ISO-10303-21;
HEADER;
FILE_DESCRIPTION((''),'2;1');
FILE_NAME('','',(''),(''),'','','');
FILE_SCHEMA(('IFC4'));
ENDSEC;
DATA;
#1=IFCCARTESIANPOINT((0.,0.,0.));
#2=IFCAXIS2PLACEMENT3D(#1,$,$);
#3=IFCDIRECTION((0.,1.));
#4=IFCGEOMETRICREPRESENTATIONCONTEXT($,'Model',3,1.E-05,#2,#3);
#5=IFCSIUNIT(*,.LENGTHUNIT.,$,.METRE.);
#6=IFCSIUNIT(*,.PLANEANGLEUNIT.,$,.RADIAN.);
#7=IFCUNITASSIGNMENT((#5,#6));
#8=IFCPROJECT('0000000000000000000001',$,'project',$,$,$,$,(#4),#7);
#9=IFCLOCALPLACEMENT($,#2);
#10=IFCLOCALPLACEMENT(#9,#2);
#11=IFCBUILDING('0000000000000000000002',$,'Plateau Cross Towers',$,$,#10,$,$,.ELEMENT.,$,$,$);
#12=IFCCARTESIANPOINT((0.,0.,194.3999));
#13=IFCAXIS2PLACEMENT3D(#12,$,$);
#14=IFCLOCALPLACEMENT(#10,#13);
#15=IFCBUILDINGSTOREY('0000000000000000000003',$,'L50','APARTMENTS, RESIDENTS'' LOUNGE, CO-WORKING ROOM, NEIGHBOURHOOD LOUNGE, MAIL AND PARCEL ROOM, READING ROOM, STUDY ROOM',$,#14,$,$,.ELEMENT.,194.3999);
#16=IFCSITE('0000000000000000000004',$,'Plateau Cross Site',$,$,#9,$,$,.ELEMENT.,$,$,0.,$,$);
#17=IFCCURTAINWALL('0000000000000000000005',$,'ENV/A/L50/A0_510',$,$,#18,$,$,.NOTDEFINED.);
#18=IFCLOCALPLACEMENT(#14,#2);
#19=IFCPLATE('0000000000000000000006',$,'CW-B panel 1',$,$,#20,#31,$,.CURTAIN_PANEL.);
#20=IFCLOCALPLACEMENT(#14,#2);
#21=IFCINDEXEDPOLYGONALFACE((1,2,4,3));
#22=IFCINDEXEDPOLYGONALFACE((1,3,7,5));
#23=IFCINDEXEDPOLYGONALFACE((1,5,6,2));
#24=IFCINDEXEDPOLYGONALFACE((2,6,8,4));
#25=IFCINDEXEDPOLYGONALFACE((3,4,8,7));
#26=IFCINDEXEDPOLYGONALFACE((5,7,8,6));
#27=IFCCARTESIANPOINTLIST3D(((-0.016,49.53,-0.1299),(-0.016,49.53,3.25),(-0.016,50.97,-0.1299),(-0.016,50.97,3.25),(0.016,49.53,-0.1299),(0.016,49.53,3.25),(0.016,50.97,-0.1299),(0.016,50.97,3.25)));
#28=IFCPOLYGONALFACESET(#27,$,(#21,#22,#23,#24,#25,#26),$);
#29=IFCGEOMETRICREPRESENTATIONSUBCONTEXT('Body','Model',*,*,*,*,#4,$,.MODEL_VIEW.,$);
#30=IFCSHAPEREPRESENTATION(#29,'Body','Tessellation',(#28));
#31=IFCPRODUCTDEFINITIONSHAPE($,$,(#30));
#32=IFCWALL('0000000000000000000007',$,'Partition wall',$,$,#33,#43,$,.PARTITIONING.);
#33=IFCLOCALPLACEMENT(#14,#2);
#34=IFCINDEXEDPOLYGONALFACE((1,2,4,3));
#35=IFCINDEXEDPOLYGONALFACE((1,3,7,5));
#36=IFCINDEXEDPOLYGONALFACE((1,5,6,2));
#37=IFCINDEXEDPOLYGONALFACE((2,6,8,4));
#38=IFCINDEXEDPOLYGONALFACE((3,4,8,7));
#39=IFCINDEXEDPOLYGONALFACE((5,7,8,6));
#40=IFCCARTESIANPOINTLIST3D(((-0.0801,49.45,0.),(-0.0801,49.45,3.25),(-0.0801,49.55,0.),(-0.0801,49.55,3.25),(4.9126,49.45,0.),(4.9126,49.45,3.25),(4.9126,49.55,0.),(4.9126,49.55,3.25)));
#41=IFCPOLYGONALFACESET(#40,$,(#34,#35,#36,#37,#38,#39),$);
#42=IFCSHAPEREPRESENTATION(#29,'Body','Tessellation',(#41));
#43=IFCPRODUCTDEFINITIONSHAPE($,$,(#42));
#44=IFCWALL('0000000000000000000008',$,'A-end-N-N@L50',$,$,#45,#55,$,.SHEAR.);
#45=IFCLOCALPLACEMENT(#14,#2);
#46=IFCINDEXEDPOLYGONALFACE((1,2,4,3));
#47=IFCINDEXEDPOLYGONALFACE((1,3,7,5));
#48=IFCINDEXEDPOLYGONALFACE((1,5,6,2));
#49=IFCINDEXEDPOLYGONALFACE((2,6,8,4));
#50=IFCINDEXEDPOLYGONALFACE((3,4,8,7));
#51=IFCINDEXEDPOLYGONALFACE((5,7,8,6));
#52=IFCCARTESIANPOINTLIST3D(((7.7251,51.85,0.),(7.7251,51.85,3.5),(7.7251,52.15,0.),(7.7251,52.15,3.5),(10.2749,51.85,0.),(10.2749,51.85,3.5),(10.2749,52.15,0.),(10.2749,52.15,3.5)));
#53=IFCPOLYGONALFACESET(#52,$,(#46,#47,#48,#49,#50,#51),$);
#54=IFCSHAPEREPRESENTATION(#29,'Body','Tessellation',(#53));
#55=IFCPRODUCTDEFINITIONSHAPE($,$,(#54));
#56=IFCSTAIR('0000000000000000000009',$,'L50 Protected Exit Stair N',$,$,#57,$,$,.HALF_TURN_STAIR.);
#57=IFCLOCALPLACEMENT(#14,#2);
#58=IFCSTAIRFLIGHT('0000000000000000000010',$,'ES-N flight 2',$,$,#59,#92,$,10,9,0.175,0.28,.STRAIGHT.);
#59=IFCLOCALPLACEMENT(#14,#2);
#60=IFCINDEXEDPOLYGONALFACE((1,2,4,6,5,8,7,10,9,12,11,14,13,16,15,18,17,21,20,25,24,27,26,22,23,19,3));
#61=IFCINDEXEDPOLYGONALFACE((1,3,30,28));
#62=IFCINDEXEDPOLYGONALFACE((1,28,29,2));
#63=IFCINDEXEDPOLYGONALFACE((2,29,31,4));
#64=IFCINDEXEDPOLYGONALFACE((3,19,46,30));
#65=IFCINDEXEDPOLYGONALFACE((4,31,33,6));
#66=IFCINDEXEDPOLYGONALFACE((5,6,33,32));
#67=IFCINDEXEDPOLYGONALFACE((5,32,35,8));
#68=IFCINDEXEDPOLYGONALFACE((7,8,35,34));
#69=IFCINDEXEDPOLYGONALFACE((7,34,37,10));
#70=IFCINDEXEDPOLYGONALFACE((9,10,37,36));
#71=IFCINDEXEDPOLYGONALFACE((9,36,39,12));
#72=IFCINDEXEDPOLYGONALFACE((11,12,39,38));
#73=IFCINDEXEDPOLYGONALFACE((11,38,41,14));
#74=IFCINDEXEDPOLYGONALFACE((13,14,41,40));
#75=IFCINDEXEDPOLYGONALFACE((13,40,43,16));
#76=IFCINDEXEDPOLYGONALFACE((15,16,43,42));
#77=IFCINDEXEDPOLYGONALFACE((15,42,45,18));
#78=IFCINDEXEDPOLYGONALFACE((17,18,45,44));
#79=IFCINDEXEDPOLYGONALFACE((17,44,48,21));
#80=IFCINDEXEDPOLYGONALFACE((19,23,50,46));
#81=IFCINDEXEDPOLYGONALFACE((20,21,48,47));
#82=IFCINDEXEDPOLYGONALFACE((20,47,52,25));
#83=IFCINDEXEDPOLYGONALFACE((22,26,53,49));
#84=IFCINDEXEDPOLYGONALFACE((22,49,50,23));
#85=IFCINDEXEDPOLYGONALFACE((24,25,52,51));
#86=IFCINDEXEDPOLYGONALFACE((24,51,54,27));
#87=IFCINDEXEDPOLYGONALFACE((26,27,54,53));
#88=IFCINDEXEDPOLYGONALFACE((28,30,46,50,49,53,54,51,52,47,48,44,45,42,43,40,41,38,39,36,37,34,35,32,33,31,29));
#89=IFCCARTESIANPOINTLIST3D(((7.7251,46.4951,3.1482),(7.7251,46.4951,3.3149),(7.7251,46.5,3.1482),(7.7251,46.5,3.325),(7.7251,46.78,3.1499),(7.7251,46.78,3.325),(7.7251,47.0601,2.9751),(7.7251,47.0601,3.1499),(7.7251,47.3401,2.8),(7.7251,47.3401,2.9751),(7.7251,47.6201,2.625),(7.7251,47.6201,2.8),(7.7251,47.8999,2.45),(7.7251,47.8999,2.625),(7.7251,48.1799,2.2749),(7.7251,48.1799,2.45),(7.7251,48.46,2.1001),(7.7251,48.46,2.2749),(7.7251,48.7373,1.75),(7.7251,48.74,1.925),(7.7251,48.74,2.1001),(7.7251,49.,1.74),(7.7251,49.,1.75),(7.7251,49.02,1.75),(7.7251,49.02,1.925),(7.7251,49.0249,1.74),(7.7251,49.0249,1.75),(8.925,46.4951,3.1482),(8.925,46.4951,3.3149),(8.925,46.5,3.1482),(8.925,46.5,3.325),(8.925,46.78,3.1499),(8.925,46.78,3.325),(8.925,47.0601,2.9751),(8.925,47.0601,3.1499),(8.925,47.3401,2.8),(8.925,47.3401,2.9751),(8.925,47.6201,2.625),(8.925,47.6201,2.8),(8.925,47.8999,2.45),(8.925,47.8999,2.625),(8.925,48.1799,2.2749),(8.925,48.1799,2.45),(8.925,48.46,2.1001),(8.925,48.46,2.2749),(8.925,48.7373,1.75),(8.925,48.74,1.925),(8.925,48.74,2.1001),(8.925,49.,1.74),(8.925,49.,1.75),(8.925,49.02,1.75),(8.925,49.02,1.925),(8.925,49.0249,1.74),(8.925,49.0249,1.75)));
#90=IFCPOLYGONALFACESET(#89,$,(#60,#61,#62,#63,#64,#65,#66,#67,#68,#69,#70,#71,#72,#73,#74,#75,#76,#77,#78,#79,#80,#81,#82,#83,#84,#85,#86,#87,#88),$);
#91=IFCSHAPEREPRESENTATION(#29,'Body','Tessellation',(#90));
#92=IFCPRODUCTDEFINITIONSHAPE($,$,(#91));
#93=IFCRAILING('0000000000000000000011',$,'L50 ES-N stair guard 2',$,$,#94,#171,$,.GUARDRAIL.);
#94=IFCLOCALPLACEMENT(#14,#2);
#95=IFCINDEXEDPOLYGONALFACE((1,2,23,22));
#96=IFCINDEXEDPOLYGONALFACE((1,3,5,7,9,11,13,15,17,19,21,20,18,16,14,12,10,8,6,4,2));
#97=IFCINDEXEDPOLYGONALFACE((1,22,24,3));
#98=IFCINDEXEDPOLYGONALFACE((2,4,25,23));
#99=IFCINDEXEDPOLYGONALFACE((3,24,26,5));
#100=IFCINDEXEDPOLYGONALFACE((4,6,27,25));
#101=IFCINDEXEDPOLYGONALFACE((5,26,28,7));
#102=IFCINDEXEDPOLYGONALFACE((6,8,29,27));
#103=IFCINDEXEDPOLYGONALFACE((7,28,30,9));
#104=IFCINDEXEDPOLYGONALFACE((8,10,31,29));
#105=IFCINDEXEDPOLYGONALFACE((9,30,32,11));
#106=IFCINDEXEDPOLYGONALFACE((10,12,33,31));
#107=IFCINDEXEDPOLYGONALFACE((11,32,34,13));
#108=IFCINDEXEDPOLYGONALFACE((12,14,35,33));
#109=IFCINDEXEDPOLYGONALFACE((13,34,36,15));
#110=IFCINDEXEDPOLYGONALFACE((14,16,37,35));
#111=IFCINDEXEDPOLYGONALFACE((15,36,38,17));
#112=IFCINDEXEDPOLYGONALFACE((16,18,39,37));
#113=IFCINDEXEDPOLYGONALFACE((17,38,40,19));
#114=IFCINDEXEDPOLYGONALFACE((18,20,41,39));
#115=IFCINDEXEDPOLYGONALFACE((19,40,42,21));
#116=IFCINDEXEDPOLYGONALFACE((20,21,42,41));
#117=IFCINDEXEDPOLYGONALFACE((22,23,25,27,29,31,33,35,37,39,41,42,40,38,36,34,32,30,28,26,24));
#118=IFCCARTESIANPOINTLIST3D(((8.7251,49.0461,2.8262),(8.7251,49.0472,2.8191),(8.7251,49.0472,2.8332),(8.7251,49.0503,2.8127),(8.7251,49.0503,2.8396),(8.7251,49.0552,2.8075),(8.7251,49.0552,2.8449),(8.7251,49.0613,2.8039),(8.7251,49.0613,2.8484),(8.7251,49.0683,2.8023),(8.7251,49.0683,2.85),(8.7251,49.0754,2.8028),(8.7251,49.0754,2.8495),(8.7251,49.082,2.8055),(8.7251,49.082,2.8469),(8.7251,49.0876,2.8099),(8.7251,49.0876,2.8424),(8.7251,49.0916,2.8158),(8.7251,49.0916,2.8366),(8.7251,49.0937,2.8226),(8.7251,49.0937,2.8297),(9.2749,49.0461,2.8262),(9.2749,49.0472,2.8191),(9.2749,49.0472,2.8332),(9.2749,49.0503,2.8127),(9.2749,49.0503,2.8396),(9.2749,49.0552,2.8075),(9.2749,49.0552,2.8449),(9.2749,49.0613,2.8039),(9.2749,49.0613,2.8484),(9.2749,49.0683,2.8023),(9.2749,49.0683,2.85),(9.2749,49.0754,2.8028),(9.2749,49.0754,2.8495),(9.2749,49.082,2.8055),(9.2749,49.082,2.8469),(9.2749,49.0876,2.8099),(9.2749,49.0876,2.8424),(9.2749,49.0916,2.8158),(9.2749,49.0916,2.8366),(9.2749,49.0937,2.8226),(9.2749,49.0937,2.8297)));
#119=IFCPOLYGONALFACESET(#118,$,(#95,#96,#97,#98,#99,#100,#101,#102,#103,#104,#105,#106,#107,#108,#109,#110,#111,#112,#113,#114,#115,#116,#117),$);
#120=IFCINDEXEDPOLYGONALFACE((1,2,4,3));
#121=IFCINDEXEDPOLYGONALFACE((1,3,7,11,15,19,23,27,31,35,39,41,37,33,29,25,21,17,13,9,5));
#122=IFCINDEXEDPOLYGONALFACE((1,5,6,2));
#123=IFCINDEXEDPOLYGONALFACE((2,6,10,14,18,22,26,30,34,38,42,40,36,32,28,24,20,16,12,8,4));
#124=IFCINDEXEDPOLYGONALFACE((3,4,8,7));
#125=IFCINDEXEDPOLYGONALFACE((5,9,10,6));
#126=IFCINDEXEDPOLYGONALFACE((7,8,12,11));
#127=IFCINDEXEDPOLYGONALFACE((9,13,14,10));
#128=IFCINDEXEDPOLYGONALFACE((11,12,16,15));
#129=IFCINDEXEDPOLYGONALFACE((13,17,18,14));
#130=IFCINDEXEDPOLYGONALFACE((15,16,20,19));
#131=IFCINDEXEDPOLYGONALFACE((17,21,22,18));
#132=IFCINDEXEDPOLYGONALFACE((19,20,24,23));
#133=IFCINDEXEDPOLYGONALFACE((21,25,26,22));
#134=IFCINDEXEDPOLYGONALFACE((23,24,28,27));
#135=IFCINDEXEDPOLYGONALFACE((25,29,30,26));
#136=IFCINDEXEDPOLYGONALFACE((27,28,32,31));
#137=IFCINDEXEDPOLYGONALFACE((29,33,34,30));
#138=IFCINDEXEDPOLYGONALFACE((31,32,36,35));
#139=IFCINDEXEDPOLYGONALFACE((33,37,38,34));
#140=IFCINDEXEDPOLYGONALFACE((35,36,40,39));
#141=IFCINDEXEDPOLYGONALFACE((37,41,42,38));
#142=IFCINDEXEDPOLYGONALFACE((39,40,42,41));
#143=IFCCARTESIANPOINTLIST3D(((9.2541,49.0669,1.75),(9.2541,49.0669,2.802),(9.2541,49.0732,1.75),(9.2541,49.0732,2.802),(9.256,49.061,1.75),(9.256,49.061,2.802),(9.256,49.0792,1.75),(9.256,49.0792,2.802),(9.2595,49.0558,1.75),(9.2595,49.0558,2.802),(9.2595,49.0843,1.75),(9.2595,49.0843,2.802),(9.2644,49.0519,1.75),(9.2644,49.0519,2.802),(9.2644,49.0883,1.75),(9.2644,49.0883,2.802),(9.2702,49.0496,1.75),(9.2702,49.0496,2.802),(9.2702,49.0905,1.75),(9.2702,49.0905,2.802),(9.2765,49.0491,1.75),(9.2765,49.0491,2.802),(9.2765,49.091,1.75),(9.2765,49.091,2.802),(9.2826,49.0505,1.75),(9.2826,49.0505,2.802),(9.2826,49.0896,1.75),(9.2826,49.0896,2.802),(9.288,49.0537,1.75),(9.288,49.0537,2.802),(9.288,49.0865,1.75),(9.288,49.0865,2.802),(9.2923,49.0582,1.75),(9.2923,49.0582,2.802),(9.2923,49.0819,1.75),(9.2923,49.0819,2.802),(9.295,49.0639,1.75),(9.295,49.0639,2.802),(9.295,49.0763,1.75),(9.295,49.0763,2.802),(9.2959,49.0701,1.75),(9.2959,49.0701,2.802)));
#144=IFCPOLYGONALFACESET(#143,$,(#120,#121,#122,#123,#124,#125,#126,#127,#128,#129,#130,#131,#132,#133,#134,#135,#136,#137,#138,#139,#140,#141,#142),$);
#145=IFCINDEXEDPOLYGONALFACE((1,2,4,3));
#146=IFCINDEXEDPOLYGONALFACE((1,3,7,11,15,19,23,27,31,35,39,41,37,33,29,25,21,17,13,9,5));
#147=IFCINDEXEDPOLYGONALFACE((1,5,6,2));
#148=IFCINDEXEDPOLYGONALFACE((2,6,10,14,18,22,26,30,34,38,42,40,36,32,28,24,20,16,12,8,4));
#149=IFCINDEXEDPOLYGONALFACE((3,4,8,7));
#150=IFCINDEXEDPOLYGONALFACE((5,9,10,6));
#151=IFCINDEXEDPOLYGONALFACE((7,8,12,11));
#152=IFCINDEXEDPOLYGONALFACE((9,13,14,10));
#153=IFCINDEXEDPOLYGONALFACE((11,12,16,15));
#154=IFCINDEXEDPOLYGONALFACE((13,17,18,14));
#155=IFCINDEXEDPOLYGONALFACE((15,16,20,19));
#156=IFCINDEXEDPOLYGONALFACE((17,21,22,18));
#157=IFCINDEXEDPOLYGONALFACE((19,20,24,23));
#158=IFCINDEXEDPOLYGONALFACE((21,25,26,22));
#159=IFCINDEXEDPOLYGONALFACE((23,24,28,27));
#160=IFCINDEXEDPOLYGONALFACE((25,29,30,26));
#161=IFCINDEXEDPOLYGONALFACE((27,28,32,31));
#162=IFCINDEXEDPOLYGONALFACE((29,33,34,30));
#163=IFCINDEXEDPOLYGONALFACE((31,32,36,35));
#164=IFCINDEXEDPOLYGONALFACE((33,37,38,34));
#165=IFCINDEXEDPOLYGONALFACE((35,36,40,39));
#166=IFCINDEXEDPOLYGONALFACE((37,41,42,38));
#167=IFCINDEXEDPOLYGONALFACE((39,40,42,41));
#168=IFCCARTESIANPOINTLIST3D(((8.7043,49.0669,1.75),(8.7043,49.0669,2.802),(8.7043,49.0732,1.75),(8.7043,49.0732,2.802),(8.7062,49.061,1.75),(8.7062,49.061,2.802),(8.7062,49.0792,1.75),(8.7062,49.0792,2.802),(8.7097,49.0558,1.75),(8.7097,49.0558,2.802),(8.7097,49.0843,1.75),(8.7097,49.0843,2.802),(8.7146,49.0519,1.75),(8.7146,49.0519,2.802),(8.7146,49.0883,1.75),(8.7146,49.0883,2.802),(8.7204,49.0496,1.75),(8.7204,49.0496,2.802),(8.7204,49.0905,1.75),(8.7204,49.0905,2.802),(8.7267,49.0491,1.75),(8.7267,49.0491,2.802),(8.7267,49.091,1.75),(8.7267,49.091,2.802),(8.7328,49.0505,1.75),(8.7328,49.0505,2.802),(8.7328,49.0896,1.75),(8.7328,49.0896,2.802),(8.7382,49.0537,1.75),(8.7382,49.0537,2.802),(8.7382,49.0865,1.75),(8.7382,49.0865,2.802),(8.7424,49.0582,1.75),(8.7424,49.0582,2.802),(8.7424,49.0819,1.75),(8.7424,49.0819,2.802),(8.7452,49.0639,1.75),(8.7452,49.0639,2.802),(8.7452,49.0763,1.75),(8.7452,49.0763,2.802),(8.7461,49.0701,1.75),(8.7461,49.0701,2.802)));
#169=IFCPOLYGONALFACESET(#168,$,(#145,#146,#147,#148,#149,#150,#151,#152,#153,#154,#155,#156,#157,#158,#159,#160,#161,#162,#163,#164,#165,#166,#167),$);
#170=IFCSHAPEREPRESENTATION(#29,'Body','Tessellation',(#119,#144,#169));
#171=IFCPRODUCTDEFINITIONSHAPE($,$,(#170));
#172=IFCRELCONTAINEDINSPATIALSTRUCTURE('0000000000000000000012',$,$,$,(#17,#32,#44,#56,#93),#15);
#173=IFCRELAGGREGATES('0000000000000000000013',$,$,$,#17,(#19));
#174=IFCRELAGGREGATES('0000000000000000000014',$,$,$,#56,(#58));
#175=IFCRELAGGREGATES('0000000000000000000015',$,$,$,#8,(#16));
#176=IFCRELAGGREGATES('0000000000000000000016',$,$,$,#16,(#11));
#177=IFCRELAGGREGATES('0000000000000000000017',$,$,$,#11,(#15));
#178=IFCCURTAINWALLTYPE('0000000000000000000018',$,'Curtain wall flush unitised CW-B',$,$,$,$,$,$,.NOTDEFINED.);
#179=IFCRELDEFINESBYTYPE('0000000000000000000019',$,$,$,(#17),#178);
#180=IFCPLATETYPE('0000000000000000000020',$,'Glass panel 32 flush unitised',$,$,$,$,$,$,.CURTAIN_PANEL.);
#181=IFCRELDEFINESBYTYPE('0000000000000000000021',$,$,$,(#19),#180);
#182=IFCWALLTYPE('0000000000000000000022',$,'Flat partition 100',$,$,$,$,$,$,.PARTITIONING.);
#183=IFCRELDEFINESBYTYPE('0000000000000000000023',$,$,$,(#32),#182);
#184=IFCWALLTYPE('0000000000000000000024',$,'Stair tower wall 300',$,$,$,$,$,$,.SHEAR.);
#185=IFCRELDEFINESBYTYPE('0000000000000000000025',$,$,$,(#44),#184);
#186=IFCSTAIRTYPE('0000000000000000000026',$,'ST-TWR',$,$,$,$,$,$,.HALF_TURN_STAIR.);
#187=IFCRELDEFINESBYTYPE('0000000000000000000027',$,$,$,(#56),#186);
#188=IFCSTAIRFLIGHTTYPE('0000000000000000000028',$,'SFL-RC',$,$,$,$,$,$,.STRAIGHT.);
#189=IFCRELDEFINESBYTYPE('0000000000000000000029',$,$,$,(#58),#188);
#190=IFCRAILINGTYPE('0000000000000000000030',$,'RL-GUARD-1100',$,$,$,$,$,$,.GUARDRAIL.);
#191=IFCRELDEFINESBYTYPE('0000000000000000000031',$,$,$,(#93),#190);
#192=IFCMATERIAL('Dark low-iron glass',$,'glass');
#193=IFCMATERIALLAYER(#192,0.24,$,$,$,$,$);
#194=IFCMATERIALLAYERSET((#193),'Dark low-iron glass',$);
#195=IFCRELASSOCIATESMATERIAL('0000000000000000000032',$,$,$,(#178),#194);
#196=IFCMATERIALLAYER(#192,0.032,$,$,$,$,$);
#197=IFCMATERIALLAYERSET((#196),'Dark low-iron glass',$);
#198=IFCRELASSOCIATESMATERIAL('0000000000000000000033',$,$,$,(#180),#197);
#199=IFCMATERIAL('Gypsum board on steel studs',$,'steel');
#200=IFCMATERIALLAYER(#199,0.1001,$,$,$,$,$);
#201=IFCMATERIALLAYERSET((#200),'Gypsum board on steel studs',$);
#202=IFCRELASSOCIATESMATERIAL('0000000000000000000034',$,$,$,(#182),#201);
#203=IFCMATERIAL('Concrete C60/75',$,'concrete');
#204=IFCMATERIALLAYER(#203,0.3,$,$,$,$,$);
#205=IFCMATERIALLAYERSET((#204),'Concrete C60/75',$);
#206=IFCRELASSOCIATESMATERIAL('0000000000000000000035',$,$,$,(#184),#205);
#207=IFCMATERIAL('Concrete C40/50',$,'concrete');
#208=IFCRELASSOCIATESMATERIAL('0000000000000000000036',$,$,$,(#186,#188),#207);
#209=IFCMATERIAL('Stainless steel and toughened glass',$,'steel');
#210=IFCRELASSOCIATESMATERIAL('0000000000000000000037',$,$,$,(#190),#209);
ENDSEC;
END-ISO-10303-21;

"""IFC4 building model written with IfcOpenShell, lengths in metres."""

from ifc_helpers import new_model, si_unit, direction, frame, frame_2d, origin, origin_2d, place, context, subcontext, project, spatial, polyline, rectangle, circle, outline, extrude, material, layer, layer_set, type_object, element, aggregate, save


model = new_model("IFC4")

# Units and contexts
model_context = context("Model", 3, precision=1e-05, world=origin(), true_north=direction((0.0, 1.0)))
body_context = subcontext(model_context, "Body", "Model", "MODEL_VIEW")
ifc_project = project(units=[si_unit("LENGTHUNIT", "METRE"), si_unit("PLANEANGLEUNIT", "RADIAN")], contexts=[model_context])

# Site, building, storey
site_placement = place(None, origin())
site = spatial("IfcSite", under=ifc_project, at=site_placement, Name="Plateau Cross Site", CompositionType="ELEMENT", RefElevation=0.0)
building_placement = place(site_placement, origin())
building = spatial("IfcBuilding", under=site, at=building_placement, Name="Plateau Cross Towers", CompositionType="ELEMENT")
storey_placement = place(building_placement, frame((0.0, 0.0, 194.3999)))
storey = spatial("IfcBuildingStorey", under=building, at=storey_placement, Name="L50", Description="APARTMENTS, RESIDENTS' LOUNGE, CO-WORKING ROOM, NEIGHBOURHOOD LOUNGE, MAIL AND PARCEL ROOM, READING ROOM, STUDY ROOM", CompositionType="ELEMENT", Elevation=194.3999)

# Shared definitions
ifc_material_1 = material(Name="Concrete C60/75", Category="concrete")

# Shared definitions
ifc_material_2 = material(Name="Dark low-iron glass", Category="glass")
ifc_layer_1 = layer(ifc_material_2, 0.24)
ifc_layer_set_1 = layer_set([ifc_layer_1], Name="Dark low-iron glass")
curtain_wall_type = type_object("IfcCurtainWallType", Name="Curtain wall flush unitised CW-B", PredefinedType="NOTDEFINED", material=ifc_layer_set_1)

# Curtain wall
curtain_wall_1_placement = place(storey_placement, origin())
curtain_wall_1 = element("IfcCurtainWall", 1, at=curtain_wall_1_placement, inside=storey, type_object=curtain_wall_type, Name="ENV/A/L50/A0_510", PredefinedType="NOTDEFINED")

# Plate
ifc_layer_2 = layer(ifc_material_2, 0.032)
ifc_layer_set_2 = layer_set([ifc_layer_2], Name="Dark low-iron glass")
plate_type = type_object("IfcPlateType", Name="Glass panel 32 flush unitised", PredefinedType="CURTAIN_PANEL", material=ifc_layer_set_2)
plate_1_placement = place(storey_placement, frame((0.0, 50.25, -0.1299), z_axis=(0.0, 0.0, 1.0), x_axis=(0.0, -1.0, 0.0)))
plate_1 = element("IfcPlate", 2, at=plate_1_placement, type_object=plate_type, Name="CW-B panel 1", PredefinedType="CURTAIN_PANEL", context=body_context, shape_type="SweptSolid", body=[
    extrude(rectangle(XDim=1.4399, YDim=0.032, at=origin_2d()), origin(), (0.0, 0.0, 1.0), 3.3799),
])
aggregate(curtain_wall_1, [plate_1])

# Walls
ifc_material_3 = material(Name="Gypsum board on steel studs", Category="steel")
ifc_layer_3 = layer(ifc_material_3, 0.1001)
ifc_layer_set_3 = layer_set([ifc_layer_3], Name="Gypsum board on steel studs")
wall_type_1 = type_object("IfcWallType", Name="Flat partition 100", PredefinedType="PARTITIONING", material=ifc_layer_set_3)
wall_1_placement = place(storey_placement, frame((4.9126, 49.5, 0.0), z_axis=(0.0, 0.0, 1.0), x_axis=(-1.0, 0.0, 0.0)))
element("IfcWall", 3, at=wall_1_placement, inside=storey, type_object=wall_type_1, Name="Partition wall", PredefinedType="PARTITIONING", context=body_context, shape_type="SweptSolid", body=[
    extrude(rectangle(XDim=4.9927, YDim=0.1001, at=frame_2d((2.4963, 0.0))), origin(), (0.0, 0.0, 1.0), 3.25),
])
ifc_layer_4 = layer(ifc_material_1, 0.3)
ifc_layer_set_4 = layer_set([ifc_layer_4], Name="Concrete C60/75")
wall_type_2 = type_object("IfcWallType", Name="Stair tower wall 300", PredefinedType="SHEAR", material=ifc_layer_set_4)
wall_2_placement = place(storey_placement, frame((7.7251, 52.0, 0.0), z_axis=(0.0, 0.0, 1.0), x_axis=(1.0, 0.0, 0.0)))
element("IfcWall", 4, at=wall_2_placement, inside=storey, type_object=wall_type_2, Name="A-end-N-N@L50", PredefinedType="SHEAR", context=body_context, shape_type="SweptSolid", body=[
    extrude(rectangle(XDim=2.5498, YDim=0.3, at=frame_2d((1.2749, 0.0))), origin(), (0.0, 0.0, 1.0), 3.5),
])

# Stair, stair flight
ifc_material_4 = material(Name="Concrete C40/50", Category="concrete")
stair_type = type_object("IfcStairType", Name="ST-TWR", PredefinedType="HALF_TURN_STAIR", material=ifc_material_4)
stair_placement = place(storey_placement, origin())
stair = element("IfcStair", 5, at=stair_placement, inside=storey, type_object=stair_type, Name="L50 Protected Exit Stair N", PredefinedType="HALF_TURN_STAIR")
stair_flight_type = type_object("IfcStairFlightType", Name="SFL-RC", PredefinedType="STRAIGHT", material=ifc_material_4)
stair_flight_placement = place(storey_placement, frame((8.325, 49.02, 1.75), z_axis=(0.0, 0.0, 1.0), x_axis=(0.0, -1.0, 0.0)))
stair_flight = element("IfcStairFlight", 6, at=stair_flight_placement, type_object=stair_flight_type, Name="ES-N flight 2", NumberOfRisers=10, NumberOfTreads=9, PredefinedType="STRAIGHT", RiserHeight=0.175, TreadLength=0.28, context=body_context, shape_type="SweptSolid", body=[
    extrude(outline(polyline([(-0.0049, -0.01), (-0.0049, 0.0), (0.0, 0.0), (0.0, 0.175), (0.28, 0.175), (0.28, 0.3501), (0.5601, 0.3501), (0.5601, 0.5249), (0.8401, 0.5249), (0.8401, 0.7), (1.1201, 0.7), (1.1201, 0.875), (1.3999, 0.875), (1.3999, 1.05), (1.6799, 1.05), (1.6799, 1.2251), (1.96, 1.2251), (1.96, 1.3999), (2.24, 1.3999), (2.24, 1.575), (2.52, 1.575), (2.5249, 1.5649), (2.5249, 1.3982), (2.52, 1.3982), (0.2827, 0.0), (0.02, 0.0), (0.02, -0.01), (-0.0049, -0.01)])), frame((0.0, 0.6001, 0.0), z_axis=(0.0, -1.0, 0.0), x_axis=(1.0, 0.0, 0.0)), (0.0, 0.0, 1.0), 1.2),
])
aggregate(stair, [stair_flight])

# Railing
ifc_material_5 = material(Name="Stainless steel and toughened glass", Category="steel")
railing_type_1 = type_object("IfcRailingType", Name="RL-GUARD-1100", PredefinedType="GUARDRAIL", material=ifc_material_5)
railing_1_placement = place(storey_placement, frame((9.2749, 49.0701, 1.75)))
element("IfcRailing", 7, at=railing_1_placement, inside=storey, type_object=railing_type_1, Name="L50 ES-N stair guard 2", PredefinedType="GUARDRAIL", context=body_context, shape_type="SweptSolid", body=[
    extrude(circle(Radius=0.0239, at=origin_2d()), frame((0.0, 0.0, 1.0762), z_axis=(-1.0, 0.0, 0.0), x_axis=(0.0, -1.0, 0.0)), (0.0, 0.0, 1.0), 0.5498),
    extrude(circle(Radius=0.021, at=origin_2d()), origin(), (0.0, 0.0, 1.0), 1.052),
    extrude(circle(Radius=0.021, at=origin_2d()), frame((-0.5498, 0.0, 0.0)), (0.0, 0.0, 1.0), 1.052),
])

save(model, "model.ifc")
